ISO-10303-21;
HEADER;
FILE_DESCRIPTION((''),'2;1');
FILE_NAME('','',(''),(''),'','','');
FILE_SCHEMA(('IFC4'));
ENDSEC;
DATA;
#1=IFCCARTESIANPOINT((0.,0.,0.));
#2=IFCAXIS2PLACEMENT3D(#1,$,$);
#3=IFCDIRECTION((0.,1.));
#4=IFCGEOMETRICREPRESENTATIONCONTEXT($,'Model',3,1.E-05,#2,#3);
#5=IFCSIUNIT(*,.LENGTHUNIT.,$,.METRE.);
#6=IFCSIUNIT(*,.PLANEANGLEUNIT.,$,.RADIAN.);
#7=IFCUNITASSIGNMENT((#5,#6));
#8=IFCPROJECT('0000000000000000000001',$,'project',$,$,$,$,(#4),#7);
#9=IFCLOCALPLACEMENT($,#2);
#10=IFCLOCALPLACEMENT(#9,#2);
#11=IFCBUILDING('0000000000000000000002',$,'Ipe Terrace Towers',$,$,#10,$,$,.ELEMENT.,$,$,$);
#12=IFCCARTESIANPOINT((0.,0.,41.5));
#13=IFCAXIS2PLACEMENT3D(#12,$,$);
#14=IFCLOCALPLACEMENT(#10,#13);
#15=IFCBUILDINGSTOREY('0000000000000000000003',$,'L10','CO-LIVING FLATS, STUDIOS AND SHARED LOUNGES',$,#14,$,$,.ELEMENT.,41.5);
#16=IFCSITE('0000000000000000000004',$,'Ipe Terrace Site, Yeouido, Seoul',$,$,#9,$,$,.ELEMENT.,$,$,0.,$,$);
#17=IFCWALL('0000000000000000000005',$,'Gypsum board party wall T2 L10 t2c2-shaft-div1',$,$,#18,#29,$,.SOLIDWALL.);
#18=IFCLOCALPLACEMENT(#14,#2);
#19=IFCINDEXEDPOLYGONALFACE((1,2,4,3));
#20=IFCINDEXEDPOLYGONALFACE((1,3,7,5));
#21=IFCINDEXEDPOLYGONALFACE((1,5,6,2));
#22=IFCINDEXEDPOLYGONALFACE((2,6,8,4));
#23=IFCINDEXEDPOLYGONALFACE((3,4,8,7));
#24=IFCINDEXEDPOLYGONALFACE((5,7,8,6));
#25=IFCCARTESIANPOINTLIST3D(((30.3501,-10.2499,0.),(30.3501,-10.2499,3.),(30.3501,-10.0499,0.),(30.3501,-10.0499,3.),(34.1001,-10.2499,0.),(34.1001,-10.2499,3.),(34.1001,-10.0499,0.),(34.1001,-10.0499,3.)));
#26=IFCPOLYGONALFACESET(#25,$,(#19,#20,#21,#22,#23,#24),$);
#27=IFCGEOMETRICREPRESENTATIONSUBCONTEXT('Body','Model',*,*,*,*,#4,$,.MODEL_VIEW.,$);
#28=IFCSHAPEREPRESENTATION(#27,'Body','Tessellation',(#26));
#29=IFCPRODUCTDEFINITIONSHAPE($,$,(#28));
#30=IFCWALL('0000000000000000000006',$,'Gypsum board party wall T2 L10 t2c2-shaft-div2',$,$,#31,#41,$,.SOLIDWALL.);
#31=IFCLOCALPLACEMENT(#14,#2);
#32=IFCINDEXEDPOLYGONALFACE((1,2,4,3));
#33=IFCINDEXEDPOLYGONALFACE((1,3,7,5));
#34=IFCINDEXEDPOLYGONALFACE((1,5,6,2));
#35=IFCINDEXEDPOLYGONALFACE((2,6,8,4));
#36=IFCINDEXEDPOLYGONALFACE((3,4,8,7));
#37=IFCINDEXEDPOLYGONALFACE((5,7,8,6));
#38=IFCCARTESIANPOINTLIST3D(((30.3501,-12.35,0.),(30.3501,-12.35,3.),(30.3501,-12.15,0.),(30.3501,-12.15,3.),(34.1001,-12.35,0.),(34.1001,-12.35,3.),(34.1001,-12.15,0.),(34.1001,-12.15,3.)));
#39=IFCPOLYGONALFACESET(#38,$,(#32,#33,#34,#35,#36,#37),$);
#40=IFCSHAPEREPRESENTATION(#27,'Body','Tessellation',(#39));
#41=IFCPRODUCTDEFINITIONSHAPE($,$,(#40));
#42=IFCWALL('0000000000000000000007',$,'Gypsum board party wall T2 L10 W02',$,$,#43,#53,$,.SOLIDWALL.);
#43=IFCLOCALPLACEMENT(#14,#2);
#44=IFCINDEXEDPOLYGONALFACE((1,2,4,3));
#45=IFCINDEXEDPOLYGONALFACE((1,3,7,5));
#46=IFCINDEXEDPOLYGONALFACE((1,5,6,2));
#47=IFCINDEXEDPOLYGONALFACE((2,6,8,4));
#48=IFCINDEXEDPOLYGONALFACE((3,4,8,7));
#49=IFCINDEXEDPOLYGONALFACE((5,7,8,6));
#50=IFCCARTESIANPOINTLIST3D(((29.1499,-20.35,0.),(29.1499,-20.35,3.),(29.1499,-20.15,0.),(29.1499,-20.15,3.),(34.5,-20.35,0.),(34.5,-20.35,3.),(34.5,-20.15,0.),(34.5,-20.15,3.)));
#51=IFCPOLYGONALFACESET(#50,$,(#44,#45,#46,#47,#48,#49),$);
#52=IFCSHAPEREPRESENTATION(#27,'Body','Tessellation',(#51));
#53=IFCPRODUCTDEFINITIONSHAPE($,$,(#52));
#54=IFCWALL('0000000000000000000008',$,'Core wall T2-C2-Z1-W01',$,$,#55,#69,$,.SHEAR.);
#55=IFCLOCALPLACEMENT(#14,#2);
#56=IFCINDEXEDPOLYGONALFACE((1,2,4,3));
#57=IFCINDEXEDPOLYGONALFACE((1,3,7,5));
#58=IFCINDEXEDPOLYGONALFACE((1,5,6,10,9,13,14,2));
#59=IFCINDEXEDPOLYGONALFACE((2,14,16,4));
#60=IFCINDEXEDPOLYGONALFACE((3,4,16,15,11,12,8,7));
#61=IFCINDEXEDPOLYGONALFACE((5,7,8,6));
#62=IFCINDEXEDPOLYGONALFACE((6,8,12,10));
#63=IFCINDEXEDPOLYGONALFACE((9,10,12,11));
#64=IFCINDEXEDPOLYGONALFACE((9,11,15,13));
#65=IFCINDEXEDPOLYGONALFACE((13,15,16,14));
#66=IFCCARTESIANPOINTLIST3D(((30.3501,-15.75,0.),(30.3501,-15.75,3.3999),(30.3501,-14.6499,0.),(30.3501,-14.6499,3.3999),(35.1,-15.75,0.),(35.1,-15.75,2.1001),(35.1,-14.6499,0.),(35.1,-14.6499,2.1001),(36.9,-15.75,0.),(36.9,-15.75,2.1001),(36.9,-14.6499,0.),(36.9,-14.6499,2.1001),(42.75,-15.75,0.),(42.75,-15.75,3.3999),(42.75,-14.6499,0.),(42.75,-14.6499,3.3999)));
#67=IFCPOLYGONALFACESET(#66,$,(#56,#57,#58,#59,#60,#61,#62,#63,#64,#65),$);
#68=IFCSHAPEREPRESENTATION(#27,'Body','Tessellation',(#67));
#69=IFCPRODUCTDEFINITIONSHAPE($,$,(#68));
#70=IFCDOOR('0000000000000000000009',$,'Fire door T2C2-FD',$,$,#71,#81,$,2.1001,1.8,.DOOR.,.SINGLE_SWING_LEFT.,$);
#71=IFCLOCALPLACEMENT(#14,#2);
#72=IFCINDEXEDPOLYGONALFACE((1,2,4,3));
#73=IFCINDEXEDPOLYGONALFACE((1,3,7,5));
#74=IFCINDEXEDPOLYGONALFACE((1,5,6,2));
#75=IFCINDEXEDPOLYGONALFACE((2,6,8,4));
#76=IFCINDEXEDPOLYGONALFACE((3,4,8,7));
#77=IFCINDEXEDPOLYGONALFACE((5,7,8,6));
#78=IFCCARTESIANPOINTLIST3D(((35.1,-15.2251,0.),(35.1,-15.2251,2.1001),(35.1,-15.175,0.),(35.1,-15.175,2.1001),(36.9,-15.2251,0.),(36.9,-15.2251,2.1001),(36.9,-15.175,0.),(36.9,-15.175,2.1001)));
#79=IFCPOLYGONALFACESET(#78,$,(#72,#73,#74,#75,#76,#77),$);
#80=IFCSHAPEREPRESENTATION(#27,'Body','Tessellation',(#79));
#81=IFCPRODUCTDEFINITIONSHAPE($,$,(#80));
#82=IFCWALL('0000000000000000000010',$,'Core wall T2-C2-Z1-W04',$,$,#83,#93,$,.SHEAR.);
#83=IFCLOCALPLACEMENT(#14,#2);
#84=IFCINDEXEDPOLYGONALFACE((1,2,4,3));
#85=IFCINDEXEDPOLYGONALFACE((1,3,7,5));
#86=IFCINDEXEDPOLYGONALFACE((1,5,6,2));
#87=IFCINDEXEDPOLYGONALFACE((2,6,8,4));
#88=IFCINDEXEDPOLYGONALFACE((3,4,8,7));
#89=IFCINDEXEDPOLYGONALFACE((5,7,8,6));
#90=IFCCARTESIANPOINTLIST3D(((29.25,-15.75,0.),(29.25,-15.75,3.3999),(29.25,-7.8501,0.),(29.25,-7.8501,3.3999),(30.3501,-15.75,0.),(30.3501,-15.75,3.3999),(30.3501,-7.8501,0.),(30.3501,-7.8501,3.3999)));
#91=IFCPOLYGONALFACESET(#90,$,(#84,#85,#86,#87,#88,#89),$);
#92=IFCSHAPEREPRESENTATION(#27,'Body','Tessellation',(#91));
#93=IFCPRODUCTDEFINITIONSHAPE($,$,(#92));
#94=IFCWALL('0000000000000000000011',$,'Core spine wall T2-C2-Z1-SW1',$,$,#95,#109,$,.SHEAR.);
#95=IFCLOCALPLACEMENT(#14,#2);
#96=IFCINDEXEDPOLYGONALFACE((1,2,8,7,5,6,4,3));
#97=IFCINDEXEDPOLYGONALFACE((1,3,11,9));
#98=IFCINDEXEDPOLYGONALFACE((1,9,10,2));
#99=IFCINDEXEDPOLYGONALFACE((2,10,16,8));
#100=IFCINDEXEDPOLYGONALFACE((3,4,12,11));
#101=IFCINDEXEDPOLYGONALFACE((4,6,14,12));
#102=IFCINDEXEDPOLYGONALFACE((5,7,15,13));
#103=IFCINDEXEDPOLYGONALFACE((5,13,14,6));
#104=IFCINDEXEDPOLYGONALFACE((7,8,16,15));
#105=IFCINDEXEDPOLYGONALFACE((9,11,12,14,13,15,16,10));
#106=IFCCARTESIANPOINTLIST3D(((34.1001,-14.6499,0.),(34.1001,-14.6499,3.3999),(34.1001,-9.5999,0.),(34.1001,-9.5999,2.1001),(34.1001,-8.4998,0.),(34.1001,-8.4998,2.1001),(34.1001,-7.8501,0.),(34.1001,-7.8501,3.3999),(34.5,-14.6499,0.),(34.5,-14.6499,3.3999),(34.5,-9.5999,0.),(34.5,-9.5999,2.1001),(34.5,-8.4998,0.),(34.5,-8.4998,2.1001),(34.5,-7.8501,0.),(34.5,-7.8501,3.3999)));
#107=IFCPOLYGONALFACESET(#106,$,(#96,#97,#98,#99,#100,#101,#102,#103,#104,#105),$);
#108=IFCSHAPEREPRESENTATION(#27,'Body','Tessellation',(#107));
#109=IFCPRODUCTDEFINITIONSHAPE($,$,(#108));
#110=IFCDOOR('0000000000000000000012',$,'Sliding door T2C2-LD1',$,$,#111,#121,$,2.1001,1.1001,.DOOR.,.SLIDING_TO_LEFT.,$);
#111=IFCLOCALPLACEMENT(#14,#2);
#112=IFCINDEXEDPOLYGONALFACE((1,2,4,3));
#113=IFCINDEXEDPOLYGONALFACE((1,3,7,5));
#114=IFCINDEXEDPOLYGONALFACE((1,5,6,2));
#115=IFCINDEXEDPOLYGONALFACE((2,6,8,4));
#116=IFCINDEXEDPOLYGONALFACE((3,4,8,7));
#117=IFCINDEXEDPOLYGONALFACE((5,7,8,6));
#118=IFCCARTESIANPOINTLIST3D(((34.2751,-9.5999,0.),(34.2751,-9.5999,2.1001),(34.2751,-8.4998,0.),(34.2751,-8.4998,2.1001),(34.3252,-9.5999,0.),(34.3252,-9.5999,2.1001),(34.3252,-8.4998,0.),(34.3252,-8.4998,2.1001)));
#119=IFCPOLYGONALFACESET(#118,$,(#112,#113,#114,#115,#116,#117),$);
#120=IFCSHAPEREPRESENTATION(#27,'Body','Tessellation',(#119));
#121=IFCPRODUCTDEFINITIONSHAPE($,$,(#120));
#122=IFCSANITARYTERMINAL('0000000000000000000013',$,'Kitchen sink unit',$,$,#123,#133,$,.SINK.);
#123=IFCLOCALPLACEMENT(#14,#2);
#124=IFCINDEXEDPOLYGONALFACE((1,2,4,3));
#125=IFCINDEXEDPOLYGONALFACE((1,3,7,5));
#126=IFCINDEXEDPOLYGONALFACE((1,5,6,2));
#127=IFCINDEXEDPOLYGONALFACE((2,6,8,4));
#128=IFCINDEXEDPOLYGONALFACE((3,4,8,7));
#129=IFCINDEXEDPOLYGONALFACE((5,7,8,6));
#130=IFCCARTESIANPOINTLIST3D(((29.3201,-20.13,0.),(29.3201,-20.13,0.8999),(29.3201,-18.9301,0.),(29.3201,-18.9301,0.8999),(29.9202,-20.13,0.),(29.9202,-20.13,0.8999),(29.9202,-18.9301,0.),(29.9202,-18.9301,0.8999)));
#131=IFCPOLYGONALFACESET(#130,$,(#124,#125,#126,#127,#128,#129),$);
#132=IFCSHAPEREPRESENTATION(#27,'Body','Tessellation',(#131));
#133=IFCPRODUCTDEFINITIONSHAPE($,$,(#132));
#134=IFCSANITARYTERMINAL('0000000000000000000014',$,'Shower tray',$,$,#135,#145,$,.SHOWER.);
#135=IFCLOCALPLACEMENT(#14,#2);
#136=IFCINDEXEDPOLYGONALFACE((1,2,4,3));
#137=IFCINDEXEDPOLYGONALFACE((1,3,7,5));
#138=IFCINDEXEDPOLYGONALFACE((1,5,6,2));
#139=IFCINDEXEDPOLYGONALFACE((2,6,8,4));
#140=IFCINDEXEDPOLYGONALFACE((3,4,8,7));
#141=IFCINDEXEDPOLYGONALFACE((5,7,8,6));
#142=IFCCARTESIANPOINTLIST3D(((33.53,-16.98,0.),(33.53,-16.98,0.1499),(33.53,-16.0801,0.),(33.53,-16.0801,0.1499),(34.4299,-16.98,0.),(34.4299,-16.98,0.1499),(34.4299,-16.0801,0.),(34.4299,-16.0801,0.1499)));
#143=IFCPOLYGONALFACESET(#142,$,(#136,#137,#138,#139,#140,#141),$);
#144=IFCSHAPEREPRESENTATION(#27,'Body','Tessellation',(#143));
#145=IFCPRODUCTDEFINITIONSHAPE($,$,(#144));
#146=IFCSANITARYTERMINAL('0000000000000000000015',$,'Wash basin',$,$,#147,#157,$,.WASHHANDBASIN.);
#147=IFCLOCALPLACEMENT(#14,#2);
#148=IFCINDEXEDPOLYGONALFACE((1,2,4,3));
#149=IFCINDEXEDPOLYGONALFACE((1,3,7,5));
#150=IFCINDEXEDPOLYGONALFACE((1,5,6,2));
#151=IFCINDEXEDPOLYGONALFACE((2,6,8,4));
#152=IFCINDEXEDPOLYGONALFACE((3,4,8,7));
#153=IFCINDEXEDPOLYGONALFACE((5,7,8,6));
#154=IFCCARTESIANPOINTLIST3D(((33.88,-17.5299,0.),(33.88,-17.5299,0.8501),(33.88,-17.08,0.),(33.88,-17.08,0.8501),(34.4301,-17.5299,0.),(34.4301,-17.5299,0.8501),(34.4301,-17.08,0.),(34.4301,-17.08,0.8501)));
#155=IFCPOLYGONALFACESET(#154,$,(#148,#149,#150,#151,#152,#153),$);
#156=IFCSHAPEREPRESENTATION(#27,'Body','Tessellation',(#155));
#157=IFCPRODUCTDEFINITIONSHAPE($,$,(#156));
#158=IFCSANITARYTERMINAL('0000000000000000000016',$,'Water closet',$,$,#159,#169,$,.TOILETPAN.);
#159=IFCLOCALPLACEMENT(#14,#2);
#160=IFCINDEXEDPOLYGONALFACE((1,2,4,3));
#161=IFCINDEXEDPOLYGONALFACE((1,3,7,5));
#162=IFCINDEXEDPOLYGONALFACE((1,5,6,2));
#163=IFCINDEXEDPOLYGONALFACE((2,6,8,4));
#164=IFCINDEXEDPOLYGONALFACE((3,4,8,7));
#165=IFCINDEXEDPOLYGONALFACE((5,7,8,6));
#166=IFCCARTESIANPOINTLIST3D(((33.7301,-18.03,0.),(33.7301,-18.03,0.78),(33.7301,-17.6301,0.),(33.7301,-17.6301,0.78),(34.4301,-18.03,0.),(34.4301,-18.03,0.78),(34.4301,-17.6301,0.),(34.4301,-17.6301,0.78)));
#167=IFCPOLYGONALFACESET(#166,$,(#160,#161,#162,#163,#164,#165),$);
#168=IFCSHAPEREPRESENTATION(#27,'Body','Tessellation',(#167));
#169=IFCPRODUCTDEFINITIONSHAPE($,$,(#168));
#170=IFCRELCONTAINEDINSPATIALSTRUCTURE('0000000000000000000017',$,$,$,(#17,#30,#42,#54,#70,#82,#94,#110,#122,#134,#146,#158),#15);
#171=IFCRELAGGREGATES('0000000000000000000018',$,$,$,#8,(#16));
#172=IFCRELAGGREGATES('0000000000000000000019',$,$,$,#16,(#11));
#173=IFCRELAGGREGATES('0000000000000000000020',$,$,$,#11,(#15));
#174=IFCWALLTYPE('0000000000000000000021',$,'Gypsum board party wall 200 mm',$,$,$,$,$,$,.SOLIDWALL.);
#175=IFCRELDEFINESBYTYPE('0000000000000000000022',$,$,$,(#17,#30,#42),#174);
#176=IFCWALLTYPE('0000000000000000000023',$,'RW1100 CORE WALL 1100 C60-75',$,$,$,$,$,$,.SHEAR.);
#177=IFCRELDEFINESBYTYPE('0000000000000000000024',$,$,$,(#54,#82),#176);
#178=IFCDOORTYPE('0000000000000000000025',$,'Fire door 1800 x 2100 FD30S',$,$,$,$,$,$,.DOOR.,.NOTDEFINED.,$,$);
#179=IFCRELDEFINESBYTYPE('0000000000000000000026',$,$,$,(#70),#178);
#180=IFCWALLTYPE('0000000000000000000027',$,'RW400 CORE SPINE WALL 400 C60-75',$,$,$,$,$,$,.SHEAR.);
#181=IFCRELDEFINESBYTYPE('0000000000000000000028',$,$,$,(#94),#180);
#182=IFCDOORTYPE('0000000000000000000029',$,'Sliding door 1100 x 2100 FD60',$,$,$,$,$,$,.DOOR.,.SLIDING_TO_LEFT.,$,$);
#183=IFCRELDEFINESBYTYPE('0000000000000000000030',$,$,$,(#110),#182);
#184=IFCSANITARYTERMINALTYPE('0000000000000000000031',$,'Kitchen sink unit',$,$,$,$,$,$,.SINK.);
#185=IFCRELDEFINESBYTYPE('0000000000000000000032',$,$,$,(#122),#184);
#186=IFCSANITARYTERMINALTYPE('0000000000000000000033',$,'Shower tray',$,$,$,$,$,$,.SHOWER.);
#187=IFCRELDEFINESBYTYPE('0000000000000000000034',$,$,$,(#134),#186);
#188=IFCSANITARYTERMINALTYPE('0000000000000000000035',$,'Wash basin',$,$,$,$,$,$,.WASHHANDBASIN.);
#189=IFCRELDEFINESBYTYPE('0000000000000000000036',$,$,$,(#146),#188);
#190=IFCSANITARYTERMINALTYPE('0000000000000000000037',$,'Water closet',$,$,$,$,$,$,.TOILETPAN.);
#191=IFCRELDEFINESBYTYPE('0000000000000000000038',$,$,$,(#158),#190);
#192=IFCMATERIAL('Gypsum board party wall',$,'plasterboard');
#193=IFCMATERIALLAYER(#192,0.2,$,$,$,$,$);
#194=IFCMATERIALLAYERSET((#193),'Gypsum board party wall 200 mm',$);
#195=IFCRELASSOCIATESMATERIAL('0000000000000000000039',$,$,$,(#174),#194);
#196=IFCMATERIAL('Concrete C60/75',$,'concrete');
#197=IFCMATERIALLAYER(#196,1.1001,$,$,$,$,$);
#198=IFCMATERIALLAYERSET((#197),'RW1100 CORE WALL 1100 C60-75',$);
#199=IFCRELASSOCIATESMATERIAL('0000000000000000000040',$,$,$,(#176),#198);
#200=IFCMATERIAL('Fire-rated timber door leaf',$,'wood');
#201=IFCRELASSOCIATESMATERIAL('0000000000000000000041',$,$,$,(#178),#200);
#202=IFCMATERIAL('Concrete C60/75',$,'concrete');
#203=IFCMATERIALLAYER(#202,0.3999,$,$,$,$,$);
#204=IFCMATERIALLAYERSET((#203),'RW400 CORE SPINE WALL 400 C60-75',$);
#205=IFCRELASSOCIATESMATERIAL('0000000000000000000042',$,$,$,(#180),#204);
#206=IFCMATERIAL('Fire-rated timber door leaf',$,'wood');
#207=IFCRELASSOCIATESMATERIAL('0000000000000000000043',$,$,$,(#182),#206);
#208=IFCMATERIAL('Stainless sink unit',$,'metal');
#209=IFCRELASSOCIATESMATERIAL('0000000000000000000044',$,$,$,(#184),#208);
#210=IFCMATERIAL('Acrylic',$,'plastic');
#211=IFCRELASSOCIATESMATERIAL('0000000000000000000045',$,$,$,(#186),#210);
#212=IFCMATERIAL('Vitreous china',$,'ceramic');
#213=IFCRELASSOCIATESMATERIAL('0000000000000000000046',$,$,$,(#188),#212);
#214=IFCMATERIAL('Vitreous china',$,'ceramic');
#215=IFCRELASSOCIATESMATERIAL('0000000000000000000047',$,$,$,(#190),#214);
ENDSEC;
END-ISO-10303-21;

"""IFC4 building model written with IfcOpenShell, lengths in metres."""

from ifc_helpers import new_model, si_unit, direction, frame, frame_2d, origin, origin_2d, place, context, subcontext, project, spatial, rectangle, extrude, material, layer, layer_set, type_object, element, fill, save


model = new_model("IFC4")

# Units and contexts
model_context = context("Model", 3, precision=1e-05, world=origin(), true_north=direction((0.0, 1.0)))
body_context = subcontext(model_context, "Body", "Model", "MODEL_VIEW")
ifc_project = project(units=[si_unit("LENGTHUNIT", "METRE"), si_unit("PLANEANGLEUNIT", "RADIAN")], contexts=[model_context])

# Site, building, storey
site_placement = place(None, origin())
site = spatial("IfcSite", under=ifc_project, at=site_placement, Name="Ipe Terrace Site, Yeouido, Seoul", CompositionType="ELEMENT", RefElevation=0.0)
building_placement = place(site_placement, origin())
building = spatial("IfcBuilding", under=site, at=building_placement, Name="Ipe Terrace Towers", CompositionType="ELEMENT")
storey_placement = place(building_placement, frame((0.0, 0.0, 41.5)))
storey = spatial("IfcBuildingStorey", under=building, at=storey_placement, Name="L10", Description="CO-LIVING FLATS, STUDIOS AND SHARED LOUNGES", CompositionType="ELEMENT", Elevation=41.5)

# Walls
ifc_material_1 = material(Name="Gypsum board party wall", Category="plasterboard")
ifc_layer_1 = layer(ifc_material_1, 0.2)
ifc_layer_set_1 = layer_set([ifc_layer_1], Name="Gypsum board party wall 200 mm")
wall_type_1 = type_object("IfcWallType", Name="Gypsum board party wall 200 mm", PredefinedType="SOLIDWALL", material=ifc_layer_set_1)
for number, where, z_axis, x_axis, name in (
    (1, (30.3501, -10.1499, 0.0), (0.0, 0.0, 1.0), (1.0, 0.0, 0.0), "Gypsum board party wall T2 L10 t2c2-shaft-div1"),
    (2, (30.3501, -12.25, 0.0), (0.0, 0.0, 1.0), (1.0, 0.0, 0.0), "Gypsum board party wall T2 L10 t2c2-shaft-div2"),
):
    element("IfcWall", number, at=place(storey_placement, frame(where, z_axis=z_axis, x_axis=x_axis)), inside=storey, type_object=wall_type_1, Name=name, PredefinedType="SOLIDWALL", context=body_context, shape_type="SweptSolid", body=[
        extrude(rectangle(XDim=3.75, YDim=0.2, at=frame_2d((1.875, 0.0))), origin(), (0.0, 0.0, 1.0), 3.0),
    ])
wall_1_placement = place(storey_placement, frame((34.5, -20.25, 0.0), z_axis=(0.0, 0.0, 1.0), x_axis=(-1.0, 0.0, 0.0)))
element("IfcWall", 3, at=wall_1_placement, inside=storey, type_object=wall_type_1, Name="Gypsum board party wall T2 L10 W02", PredefinedType="SOLIDWALL", context=body_context, shape_type="SweptSolid", body=[
    extrude(rectangle(XDim=5.3501, YDim=0.2, at=frame_2d((2.675, 0.0))), origin(), (0.0, 0.0, 1.0), 3.0),
])

# Wall, opening, door
ifc_material_2 = material(Name="Concrete C60/75", Category="concrete")
ifc_layer_2 = layer(ifc_material_2, 1.1001)
ifc_layer_set_2 = layer_set([ifc_layer_2], Name="RW1100 CORE WALL 1100 C60-75")
wall_type_2 = type_object("IfcWallType", Name="RW1100 CORE WALL 1100 C60-75", PredefinedType="SHEAR", material=ifc_layer_set_2)
wall_2_placement = place(storey_placement, frame((30.3501, -15.2, 0.0), z_axis=(0.0, 0.0, 1.0), x_axis=(1.0, 0.0, 0.0)))
wall_2 = element("IfcWall", 4, at=wall_2_placement, inside=storey, type_object=wall_type_2, Name="Core wall T2-C2-Z1-W01", PredefinedType="SHEAR", context=body_context, shape_type="SweptSolid", body=[
    extrude(rectangle(XDim=12.3999, YDim=1.1001, at=frame_2d((6.2, 0.0))), origin(), (0.0, 0.0, 1.0), 3.3999),
])
opening_1_placement = place(wall_2_placement, frame((4.75, 0.0, 0.0)))
opening_1 = element("IfcOpeningElement", 5, at=opening_1_placement, cuts=wall_2, PredefinedType="OPENING", context=body_context, shape_type="SweptSolid", body=[
    extrude(rectangle(XDim=1.8, YDim=2.1001, at=frame_2d((0.8999, 1.05))), frame((0.0, 0.5601, 0.0), z_axis=(0.0, -1.0, 0.0), x_axis=(1.0, 0.0, 0.0)), (0.0, 0.0, 1.0), 1.1201),
])
ifc_material_3 = material(Name="Fire-rated timber door leaf", Category="wood")
door_type_1 = type_object("IfcDoorType", Name="Fire door 1800 x 2100 FD30S", OperationType="NOTDEFINED", PredefinedType="DOOR", material=ifc_material_3)
door_1_placement = place(opening_1_placement, origin())
door_1 = element("IfcDoor", 6, at=door_1_placement, inside=storey, type_object=door_type_1, Name="Fire door T2C2-FD", OperationType="SINGLE_SWING_LEFT", OverallHeight=2.1001, OverallWidth=1.8, PredefinedType="DOOR", context=body_context, shape_type="SweptSolid", body=[
    extrude(rectangle(XDim=1.8, YDim=2.1001, at=frame_2d((0.8999, 1.05))), frame((0.0, 0.0249, 0.0), z_axis=(0.0, -1.0, 0.0), x_axis=(1.0, 0.0, 0.0)), (0.0, 0.0, 1.0), 0.05),
])
fill(opening_1, door_1)

# Wall
wall_3_placement = place(storey_placement, frame((29.8, -7.8501, 0.0), z_axis=(0.0, 0.0, 1.0), x_axis=(0.0, -1.0, 0.0)))
element("IfcWall", 7, at=wall_3_placement, inside=storey, type_object=wall_type_2, Name="Core wall T2-C2-Z1-W04", PredefinedType="SHEAR", context=body_context, shape_type="SweptSolid", body=[
    extrude(rectangle(XDim=7.8999, YDim=1.1001, at=frame_2d((3.95, 0.0))), origin(), (0.0, 0.0, 1.0), 3.3999),
])

# Wall, opening, door
ifc_material_4 = material(Name="Concrete C60/75", Category="concrete")
ifc_layer_3 = layer(ifc_material_4, 0.3999)
ifc_layer_set_3 = layer_set([ifc_layer_3], Name="RW400 CORE SPINE WALL 400 C60-75")
wall_type_3 = type_object("IfcWallType", Name="RW400 CORE SPINE WALL 400 C60-75", PredefinedType="SHEAR", material=ifc_layer_set_3)
wall_4_placement = place(storey_placement, frame((34.3, -14.6499, 0.0), z_axis=(0.0, 0.0, 1.0), x_axis=(0.0, 1.0, 0.0)))
wall_4 = element("IfcWall", 8, at=wall_4_placement, inside=storey, type_object=wall_type_3, Name="Core spine wall T2-C2-Z1-SW1", PredefinedType="SHEAR", context=body_context, shape_type="SweptSolid", body=[
    extrude(rectangle(XDim=6.7998, YDim=0.3999, at=frame_2d((3.3999, 0.0))), origin(), (0.0, 0.0, 1.0), 3.3999),
])
opening_2_placement = place(wall_4_placement, frame((5.05, 0.0, 0.0)))
opening_2 = element("IfcOpeningElement", 9, at=opening_2_placement, cuts=wall_4, PredefinedType="OPENING", context=body_context, shape_type="SweptSolid", body=[
    extrude(rectangle(XDim=1.1001, YDim=2.1001, at=frame_2d((0.55, 1.05))), frame((0.0, 0.21, 0.0), z_axis=(0.0, -1.0, 0.0), x_axis=(1.0, 0.0, 0.0)), (0.0, 0.0, 1.0), 0.4199),
])
ifc_material_5 = material(Name="Fire-rated timber door leaf", Category="wood")
door_type_2 = type_object("IfcDoorType", Name="Sliding door 1100 x 2100 FD60", OperationType="SLIDING_TO_LEFT", PredefinedType="DOOR", material=ifc_material_5)
door_2_placement = place(opening_2_placement, origin())
door_2 = element("IfcDoor", 10, at=door_2_placement, inside=storey, type_object=door_type_2, Name="Sliding door T2C2-LD1", OperationType="SLIDING_TO_LEFT", OverallHeight=2.1001, OverallWidth=1.1001, PredefinedType="DOOR", context=body_context, shape_type="SweptSolid", body=[
    extrude(rectangle(XDim=1.1001, YDim=2.1001, at=frame_2d((0.55, 1.05))), frame((0.0, 0.0249, 0.0), z_axis=(0.0, -1.0, 0.0), x_axis=(1.0, 0.0, 0.0)), (0.0, 0.0, 1.0), 0.05),
])
fill(opening_2, door_2)

# Sanitary terminals
ifc_material_6 = material(Name="Stainless sink unit", Category="metal")
sanitary_terminal_type_1 = type_object("IfcSanitaryTerminalType", Name="Kitchen sink unit", PredefinedType="SINK", material=ifc_material_6)
sanitary_terminal_1_placement = place(storey_placement, frame((29.6201, -19.53, 0.0), z_axis=(0.0, 0.0, 1.0), x_axis=(0.0, 1.0, 0.0)))
element("IfcSanitaryTerminal", 11, at=sanitary_terminal_1_placement, inside=storey, type_object=sanitary_terminal_type_1, Name="Kitchen sink unit", PredefinedType="SINK", context=body_context, shape_type="SweptSolid", body=[
    extrude(rectangle(XDim=1.2, YDim=0.6001, at=origin_2d()), origin(), (0.0, 0.0, 1.0), 0.8999),
])
ifc_material_7 = material(Name="Acrylic", Category="plastic")
sanitary_terminal_type_2 = type_object("IfcSanitaryTerminalType", Name="Shower tray", PredefinedType="SHOWER", material=ifc_material_7)
sanitary_terminal_2_placement = place(storey_placement, frame((33.98, -16.53, 0.0), z_axis=(0.0, 0.0, 1.0), x_axis=(-1.0, 0.0, 0.0)))
element("IfcSanitaryTerminal", 12, at=sanitary_terminal_2_placement, inside=storey, type_object=sanitary_terminal_type_2, Name="Shower tray", PredefinedType="SHOWER", context=body_context, shape_type="SweptSolid", body=[
    extrude(rectangle(XDim=0.8999, YDim=0.8999, at=origin_2d()), origin(), (0.0, 0.0, 1.0), 0.1499),
])
ifc_material_8 = material(Name="Vitreous china", Category="ceramic")
sanitary_terminal_type_3 = type_object("IfcSanitaryTerminalType", Name="Wash basin", PredefinedType="WASHHANDBASIN", material=ifc_material_8)
sanitary_terminal_3_placement = place(storey_placement, frame((34.155, -17.3049, 0.0), z_axis=(0.0, 0.0, 1.0), x_axis=(-1.0, 0.0, 0.0)))
element("IfcSanitaryTerminal", 13, at=sanitary_terminal_3_placement, inside=storey, type_object=sanitary_terminal_type_3, Name="Wash basin", PredefinedType="WASHHANDBASIN", context=body_context, shape_type="SweptSolid", body=[
    extrude(rectangle(XDim=0.55, YDim=0.45, at=origin_2d()), origin(), (0.0, 0.0, 1.0), 0.8501),
])
ifc_material_9 = material(Name="Vitreous china", Category="ceramic")
sanitary_terminal_type_4 = type_object("IfcSanitaryTerminalType", Name="Water closet", PredefinedType="TOILETPAN", material=ifc_material_9)
sanitary_terminal_4_placement = place(storey_placement, frame((34.0801, -17.8301, 0.0), z_axis=(0.0, 0.0, 1.0), x_axis=(-1.0, 0.0, 0.0)))
element("IfcSanitaryTerminal", 14, at=sanitary_terminal_4_placement, inside=storey, type_object=sanitary_terminal_type_4, Name="Water closet", PredefinedType="TOILETPAN", context=body_context, shape_type="SweptSolid", body=[
    extrude(rectangle(XDim=0.7, YDim=0.3999, at=origin_2d()), origin(), (0.0, 0.0, 1.0), 0.78),
])

save(model, "model.ifc")
